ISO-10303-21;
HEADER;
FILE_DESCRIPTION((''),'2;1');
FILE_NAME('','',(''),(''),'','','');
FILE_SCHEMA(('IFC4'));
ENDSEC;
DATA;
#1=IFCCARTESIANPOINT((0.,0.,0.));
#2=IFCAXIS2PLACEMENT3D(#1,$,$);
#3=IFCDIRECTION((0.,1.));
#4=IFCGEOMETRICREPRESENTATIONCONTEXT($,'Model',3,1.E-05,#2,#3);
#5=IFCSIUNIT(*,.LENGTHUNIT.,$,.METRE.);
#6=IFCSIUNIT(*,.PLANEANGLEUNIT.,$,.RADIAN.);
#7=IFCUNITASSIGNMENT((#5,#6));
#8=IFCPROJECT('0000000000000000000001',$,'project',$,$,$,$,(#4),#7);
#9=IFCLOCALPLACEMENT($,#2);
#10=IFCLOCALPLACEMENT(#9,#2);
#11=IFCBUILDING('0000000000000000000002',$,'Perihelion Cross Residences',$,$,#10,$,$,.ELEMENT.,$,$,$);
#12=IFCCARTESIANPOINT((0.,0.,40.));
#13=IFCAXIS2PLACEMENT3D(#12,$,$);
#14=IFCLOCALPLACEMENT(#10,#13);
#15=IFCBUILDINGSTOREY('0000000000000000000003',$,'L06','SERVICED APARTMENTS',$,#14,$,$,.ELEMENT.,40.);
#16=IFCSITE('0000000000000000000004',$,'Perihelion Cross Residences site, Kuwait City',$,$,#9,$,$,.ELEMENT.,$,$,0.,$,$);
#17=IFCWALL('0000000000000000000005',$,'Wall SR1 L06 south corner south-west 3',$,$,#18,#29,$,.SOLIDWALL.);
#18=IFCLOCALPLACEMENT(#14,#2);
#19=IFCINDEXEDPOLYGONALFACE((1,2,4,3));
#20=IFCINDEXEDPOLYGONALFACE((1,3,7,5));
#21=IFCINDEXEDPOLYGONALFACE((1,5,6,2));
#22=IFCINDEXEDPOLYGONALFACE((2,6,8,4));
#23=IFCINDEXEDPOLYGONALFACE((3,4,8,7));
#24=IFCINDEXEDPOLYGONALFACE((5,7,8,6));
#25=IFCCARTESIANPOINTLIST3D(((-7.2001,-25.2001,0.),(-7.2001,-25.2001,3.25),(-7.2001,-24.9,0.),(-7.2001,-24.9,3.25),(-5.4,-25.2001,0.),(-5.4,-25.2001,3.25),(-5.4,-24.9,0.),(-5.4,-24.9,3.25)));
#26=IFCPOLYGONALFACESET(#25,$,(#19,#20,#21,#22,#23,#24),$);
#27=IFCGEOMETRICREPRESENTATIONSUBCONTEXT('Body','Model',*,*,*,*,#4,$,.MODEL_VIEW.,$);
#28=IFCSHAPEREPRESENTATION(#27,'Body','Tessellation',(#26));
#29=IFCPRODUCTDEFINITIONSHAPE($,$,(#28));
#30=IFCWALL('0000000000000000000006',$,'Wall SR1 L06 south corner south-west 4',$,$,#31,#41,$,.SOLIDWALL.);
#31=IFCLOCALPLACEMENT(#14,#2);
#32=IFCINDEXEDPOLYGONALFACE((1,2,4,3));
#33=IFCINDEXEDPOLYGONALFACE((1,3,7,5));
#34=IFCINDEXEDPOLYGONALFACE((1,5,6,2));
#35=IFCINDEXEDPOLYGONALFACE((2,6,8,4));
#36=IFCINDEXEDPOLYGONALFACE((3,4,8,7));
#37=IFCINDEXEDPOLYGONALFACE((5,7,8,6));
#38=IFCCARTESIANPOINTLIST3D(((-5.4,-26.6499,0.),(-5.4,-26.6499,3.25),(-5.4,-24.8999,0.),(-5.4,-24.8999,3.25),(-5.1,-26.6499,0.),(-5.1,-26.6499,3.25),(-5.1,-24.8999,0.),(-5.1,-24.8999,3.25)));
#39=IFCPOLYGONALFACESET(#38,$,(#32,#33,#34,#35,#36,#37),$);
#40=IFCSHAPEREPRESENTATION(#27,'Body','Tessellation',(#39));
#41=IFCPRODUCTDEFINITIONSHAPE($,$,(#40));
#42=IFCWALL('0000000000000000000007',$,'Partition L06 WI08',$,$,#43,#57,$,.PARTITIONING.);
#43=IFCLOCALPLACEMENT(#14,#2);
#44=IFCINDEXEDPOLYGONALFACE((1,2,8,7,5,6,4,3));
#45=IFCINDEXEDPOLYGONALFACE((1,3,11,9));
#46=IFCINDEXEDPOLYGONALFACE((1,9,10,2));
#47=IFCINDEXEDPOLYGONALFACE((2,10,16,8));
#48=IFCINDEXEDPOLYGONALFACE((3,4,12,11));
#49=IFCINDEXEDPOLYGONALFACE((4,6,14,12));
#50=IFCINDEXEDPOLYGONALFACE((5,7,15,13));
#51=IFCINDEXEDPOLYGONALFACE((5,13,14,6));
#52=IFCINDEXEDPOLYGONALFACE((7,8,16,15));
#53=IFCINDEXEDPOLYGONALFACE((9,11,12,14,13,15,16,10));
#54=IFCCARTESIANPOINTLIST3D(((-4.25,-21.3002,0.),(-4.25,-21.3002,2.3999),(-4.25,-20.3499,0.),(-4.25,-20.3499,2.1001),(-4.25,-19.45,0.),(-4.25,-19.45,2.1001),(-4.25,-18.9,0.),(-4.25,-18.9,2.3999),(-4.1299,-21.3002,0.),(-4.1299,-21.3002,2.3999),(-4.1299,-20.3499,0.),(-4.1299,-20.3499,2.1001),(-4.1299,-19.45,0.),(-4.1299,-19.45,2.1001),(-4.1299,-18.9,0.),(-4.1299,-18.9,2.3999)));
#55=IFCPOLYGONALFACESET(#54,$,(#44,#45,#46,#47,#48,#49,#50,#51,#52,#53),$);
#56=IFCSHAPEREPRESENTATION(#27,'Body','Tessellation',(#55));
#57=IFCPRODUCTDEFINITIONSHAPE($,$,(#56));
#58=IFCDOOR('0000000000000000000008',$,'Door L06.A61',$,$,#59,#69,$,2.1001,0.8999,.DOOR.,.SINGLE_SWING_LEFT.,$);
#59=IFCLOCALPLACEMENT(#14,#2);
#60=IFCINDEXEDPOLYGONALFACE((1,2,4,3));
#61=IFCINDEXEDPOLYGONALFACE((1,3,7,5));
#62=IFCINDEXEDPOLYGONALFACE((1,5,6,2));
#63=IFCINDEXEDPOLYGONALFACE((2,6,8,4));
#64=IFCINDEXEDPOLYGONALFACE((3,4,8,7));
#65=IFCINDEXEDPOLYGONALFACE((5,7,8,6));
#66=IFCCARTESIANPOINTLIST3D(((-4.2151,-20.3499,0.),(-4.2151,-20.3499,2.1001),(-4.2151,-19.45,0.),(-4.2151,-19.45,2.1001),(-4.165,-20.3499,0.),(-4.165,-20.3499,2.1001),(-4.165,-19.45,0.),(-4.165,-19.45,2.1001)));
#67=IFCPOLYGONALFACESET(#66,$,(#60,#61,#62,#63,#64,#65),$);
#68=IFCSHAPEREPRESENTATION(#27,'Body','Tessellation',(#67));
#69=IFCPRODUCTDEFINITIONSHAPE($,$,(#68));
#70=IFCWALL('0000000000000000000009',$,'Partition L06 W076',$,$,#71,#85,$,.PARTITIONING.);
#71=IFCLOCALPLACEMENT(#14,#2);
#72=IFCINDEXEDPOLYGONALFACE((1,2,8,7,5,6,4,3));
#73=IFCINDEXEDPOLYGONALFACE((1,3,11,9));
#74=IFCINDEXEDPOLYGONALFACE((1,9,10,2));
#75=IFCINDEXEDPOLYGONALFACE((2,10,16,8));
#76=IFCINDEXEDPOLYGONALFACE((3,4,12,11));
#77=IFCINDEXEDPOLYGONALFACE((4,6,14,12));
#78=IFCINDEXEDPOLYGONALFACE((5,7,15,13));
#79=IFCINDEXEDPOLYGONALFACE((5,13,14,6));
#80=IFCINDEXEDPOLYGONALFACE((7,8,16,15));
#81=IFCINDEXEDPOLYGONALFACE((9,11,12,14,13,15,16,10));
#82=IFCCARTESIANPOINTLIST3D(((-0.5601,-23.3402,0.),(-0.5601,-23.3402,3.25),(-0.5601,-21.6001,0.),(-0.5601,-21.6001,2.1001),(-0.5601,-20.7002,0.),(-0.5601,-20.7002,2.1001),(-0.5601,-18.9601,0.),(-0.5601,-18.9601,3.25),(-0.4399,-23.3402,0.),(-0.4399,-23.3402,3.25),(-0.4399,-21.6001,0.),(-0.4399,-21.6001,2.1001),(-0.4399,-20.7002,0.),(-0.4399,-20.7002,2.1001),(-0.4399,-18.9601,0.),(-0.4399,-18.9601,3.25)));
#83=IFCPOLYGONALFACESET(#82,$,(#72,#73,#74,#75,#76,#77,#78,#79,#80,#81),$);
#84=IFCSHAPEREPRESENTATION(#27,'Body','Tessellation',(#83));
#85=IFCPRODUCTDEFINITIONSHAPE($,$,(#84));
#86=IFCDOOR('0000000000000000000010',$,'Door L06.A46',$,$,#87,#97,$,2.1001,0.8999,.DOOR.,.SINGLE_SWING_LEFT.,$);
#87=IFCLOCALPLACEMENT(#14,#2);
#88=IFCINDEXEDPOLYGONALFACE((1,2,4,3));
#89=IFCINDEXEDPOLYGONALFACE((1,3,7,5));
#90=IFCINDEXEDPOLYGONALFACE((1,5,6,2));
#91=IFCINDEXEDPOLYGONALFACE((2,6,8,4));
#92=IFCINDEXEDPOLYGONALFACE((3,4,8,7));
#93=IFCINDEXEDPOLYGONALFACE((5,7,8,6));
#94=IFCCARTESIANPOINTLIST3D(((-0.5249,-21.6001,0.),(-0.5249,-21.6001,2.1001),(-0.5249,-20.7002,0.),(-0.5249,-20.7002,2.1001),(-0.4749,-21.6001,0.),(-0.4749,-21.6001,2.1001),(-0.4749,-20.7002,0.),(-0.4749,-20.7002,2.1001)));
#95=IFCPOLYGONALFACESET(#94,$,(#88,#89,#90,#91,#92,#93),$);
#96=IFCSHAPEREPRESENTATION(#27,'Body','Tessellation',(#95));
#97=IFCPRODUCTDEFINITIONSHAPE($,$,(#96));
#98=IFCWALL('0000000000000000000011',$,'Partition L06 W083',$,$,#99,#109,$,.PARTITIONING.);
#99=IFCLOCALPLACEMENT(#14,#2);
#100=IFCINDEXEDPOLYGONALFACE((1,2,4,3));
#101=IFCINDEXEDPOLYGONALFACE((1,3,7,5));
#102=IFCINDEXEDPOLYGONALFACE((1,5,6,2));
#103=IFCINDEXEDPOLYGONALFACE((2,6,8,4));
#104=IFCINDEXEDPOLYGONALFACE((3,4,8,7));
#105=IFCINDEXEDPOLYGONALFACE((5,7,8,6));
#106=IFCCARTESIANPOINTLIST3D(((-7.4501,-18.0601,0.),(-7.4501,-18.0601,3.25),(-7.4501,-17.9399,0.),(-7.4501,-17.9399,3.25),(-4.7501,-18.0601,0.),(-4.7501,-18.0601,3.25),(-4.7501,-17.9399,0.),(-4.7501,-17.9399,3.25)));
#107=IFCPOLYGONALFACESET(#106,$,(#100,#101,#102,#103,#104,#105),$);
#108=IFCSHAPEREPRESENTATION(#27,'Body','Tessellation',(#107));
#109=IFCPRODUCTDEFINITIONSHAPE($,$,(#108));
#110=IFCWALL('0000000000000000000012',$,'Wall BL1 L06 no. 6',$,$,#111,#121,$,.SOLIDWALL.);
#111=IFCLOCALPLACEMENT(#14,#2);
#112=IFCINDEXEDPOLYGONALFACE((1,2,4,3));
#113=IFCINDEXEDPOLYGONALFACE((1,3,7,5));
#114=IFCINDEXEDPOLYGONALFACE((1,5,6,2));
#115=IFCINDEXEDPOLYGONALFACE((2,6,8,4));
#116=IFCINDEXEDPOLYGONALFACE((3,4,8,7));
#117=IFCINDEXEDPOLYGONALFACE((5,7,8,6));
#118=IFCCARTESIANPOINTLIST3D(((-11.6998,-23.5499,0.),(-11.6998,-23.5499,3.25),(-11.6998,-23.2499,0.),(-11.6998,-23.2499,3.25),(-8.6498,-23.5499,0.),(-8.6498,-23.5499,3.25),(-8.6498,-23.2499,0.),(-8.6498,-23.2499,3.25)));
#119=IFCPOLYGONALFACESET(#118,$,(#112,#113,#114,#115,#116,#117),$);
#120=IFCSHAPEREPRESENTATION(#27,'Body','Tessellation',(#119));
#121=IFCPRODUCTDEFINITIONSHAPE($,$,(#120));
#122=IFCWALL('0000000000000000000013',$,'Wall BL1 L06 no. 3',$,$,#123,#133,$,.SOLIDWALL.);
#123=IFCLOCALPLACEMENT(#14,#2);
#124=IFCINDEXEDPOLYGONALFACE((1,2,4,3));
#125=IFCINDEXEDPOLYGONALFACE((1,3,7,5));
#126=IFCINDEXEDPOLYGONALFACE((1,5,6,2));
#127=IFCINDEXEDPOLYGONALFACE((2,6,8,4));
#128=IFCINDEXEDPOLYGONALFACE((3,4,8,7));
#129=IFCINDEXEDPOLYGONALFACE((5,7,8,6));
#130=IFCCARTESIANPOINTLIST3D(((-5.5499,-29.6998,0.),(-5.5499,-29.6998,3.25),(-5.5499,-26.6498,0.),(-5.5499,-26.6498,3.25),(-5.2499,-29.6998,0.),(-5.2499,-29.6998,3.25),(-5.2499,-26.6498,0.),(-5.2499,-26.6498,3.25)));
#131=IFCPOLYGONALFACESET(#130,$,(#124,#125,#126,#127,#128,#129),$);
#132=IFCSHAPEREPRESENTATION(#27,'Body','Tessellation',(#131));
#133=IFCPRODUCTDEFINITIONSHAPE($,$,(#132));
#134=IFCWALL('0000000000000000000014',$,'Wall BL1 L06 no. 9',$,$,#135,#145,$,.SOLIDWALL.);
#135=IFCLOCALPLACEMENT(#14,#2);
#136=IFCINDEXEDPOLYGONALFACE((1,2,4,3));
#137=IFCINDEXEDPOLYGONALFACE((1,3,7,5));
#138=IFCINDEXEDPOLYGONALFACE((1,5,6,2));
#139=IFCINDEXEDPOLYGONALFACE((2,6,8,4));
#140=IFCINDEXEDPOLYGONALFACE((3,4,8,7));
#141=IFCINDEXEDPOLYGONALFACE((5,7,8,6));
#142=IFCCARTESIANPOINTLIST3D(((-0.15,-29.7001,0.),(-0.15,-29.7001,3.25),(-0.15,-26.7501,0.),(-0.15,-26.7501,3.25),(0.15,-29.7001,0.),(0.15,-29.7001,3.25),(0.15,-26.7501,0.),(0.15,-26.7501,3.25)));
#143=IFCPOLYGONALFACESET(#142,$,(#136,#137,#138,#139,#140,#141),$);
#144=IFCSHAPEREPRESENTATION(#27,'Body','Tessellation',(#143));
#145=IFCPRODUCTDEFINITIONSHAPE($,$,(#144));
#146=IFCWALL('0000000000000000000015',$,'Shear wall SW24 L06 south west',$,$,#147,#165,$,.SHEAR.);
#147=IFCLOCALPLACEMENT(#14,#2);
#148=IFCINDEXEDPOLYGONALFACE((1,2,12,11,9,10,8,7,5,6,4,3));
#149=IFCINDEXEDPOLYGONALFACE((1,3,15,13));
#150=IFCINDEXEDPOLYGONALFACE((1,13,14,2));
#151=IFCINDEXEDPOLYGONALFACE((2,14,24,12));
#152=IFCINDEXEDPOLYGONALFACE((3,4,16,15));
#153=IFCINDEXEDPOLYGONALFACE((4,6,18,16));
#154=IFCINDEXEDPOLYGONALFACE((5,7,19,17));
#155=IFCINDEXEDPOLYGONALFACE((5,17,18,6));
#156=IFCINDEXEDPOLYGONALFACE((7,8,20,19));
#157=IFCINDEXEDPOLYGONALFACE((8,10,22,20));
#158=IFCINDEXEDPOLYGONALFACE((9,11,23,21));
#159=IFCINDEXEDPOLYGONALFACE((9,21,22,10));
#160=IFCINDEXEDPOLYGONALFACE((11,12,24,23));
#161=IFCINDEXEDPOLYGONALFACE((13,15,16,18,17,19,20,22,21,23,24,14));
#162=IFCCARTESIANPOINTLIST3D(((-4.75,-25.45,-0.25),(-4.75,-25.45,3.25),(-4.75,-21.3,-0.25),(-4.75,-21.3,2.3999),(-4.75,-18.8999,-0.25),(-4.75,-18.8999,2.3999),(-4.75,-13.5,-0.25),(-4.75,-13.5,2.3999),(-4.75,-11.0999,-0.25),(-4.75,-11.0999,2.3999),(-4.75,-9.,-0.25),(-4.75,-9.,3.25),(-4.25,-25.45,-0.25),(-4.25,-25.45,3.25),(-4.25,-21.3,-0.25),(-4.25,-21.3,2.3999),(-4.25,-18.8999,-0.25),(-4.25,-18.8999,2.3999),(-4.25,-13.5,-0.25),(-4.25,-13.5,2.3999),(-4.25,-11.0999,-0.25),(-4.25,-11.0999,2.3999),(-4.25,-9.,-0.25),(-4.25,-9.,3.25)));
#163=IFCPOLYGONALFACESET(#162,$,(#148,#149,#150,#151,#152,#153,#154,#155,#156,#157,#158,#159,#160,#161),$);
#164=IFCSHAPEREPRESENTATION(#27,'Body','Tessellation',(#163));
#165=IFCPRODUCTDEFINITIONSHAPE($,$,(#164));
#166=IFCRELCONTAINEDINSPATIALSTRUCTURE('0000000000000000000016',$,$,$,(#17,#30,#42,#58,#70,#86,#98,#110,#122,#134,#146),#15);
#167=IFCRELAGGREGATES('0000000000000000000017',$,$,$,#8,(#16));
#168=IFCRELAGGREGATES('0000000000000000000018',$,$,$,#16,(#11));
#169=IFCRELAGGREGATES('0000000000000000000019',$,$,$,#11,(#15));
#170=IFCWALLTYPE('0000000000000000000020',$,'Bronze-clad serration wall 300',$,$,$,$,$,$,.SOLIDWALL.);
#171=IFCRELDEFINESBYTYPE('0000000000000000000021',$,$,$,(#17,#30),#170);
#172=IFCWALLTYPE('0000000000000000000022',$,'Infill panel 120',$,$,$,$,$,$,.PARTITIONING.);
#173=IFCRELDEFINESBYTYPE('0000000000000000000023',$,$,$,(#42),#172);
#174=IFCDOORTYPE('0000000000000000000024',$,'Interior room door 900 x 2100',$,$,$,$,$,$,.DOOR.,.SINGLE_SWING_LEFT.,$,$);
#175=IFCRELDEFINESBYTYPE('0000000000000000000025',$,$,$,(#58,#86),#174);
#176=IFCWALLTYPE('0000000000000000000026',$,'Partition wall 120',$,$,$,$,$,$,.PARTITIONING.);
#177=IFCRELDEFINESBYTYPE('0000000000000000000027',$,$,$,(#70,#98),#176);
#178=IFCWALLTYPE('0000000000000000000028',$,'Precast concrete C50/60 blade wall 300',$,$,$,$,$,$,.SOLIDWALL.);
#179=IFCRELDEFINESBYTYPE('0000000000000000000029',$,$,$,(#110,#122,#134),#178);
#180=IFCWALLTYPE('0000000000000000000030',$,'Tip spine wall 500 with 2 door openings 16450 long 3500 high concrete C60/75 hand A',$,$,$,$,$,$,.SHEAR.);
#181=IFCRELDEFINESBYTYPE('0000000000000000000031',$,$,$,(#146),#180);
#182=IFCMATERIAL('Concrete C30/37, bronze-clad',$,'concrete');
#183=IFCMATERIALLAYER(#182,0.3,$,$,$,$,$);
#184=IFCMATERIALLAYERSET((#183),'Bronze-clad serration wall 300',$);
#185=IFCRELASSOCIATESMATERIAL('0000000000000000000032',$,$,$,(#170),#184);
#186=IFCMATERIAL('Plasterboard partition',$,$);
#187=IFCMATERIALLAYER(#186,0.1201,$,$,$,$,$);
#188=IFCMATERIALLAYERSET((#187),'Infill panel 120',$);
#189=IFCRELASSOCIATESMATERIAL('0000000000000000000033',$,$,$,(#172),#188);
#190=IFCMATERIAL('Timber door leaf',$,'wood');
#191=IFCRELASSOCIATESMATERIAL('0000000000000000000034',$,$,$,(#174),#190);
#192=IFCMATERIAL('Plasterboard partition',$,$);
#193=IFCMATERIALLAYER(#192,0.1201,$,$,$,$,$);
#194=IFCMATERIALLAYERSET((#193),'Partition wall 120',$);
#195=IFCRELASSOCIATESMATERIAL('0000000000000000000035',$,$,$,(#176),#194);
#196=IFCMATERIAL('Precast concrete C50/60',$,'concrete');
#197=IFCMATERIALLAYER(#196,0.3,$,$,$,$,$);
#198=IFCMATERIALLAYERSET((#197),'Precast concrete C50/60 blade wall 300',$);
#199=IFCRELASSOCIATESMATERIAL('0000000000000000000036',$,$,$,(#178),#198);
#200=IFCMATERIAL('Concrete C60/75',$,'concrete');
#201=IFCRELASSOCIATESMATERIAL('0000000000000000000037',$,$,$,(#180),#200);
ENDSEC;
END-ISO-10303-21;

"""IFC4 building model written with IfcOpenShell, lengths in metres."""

from ifc_helpers import new_model, si_unit, direction, frame, frame_2d, origin, place, context, subcontext, project, spatial, polyline, rectangle, outline, extrude, material, layer, layer_set, material_profile, profile_set, type_object, element, fill, save


model = new_model("IFC4")

# Units and contexts
model_context = context("Model", 3, precision=1e-05, world=origin(), true_north=direction((0.0, 1.0)))
body_context = subcontext(model_context, "Body", "Model", "MODEL_VIEW")
ifc_project = project(units=[si_unit("LENGTHUNIT", "METRE"), si_unit("PLANEANGLEUNIT", "RADIAN")], contexts=[model_context])

# Site, building, storey
site_placement = place(None, origin())
site = spatial("IfcSite", under=ifc_project, at=site_placement, Name="Perihelion Cross Residences site, Kuwait City", CompositionType="ELEMENT", RefElevation=0.0)
building_placement = place(site_placement, origin())
building = spatial("IfcBuilding", under=site, at=building_placement, Name="Perihelion Cross Residences", CompositionType="ELEMENT")
storey_placement = place(building_placement, frame((0.0, 0.0, 40.0)))
storey = spatial("IfcBuildingStorey", under=building, at=storey_placement, Name="L06", Description="SERVICED APARTMENTS", CompositionType="ELEMENT", Elevation=40.0)

# Walls
ifc_material_1 = material(Name="Concrete C30/37, bronze-clad", Category="concrete")
ifc_layer_1 = layer(ifc_material_1, 0.3)
ifc_layer_set_1 = layer_set([ifc_layer_1], Name="Bronze-clad serration wall 300")
wall_type_1 = type_object("IfcWallType", Name="Bronze-clad serration wall 300", PredefinedType="SOLIDWALL", material=ifc_layer_set_1)
wall_1_placement = place(storey_placement, frame((-7.2, -25.05, 0.0), z_axis=(0.0, 0.0, 1.0), x_axis=(1.0, 0.0, 0.0)))
element("IfcWall", 1, at=wall_1_placement, inside=storey, type_object=wall_type_1, Name="Wall SR1 L06 south corner south-west 3", PredefinedType="SOLIDWALL", context=body_context, shape_type="SweptSolid", body=[
    extrude(rectangle(XDim=1.8, YDim=0.3, at=frame_2d((0.8999, 0.0))), origin(), (0.0, 0.0, 1.0), 3.25),
])
wall_2_placement = place(storey_placement, frame((-5.25, -24.8999, 0.0), z_axis=(0.0, 0.0, 1.0), x_axis=(0.0, -1.0, 0.0)))
element("IfcWall", 2, at=wall_2_placement, inside=storey, type_object=wall_type_1, Name="Wall SR1 L06 south corner south-west 4", PredefinedType="SOLIDWALL", context=body_context, shape_type="SweptSolid", body=[
    extrude(rectangle(XDim=1.75, YDim=0.3, at=frame_2d((0.875, 0.0))), origin(), (0.0, 0.0, 1.0), 3.25),
])

# Walls, openings, doors
ifc_material_2 = material(Name="Plasterboard partition")
ifc_layer_2 = layer(ifc_material_2, 0.1201)
ifc_layer_set_2 = layer_set([ifc_layer_2], Name="Infill panel 120")
wall_type_2 = type_object("IfcWallType", Name="Infill panel 120", PredefinedType="PARTITIONING", material=ifc_layer_set_2)
wall_3_placement = place(storey_placement, frame((-4.1899, -18.8999, 0.0), z_axis=(0.0, 0.0, 1.0), x_axis=(0.0, -1.0, 0.0)))
wall_3 = element("IfcWall", 3, at=wall_3_placement, inside=storey, type_object=wall_type_2, Name="Partition L06 WI08", PredefinedType="PARTITIONING", context=body_context, shape_type="SweptSolid", body=[
    extrude(rectangle(XDim=2.4001, YDim=0.1201, at=frame_2d((1.2002, 0.0))), origin(), (0.0, 0.0, 1.0), 2.3999),
])
opening_1_placement = place(wall_3_placement, frame((0.55, 0.0, 0.0)))
opening_1 = element("IfcOpeningElement", 4, at=opening_1_placement, cuts=wall_3, PredefinedType="OPENING", context=body_context, shape_type="SweptSolid", body=[
    extrude(rectangle(XDim=0.8999, YDim=2.1001, at=frame_2d((0.45, 1.05))), frame((0.0, 0.0701, 0.0), z_axis=(0.0, -1.0, 0.0), x_axis=(1.0, 0.0, 0.0)), (0.0, 0.0, 1.0), 0.1401),
])
ifc_material_3 = material(Name="Timber door leaf", Category="wood")
door_type_1 = type_object("IfcDoorType", Name="Interior room door 900 x 2100", OperationType="SINGLE_SWING_LEFT", PredefinedType="DOOR", material=ifc_material_3)
door_1_placement = place(opening_1_placement, origin())
door_1 = element("IfcDoor", 5, at=door_1_placement, inside=storey, type_object=door_type_1, Name="Door L06.A61", OperationType="SINGLE_SWING_LEFT", OverallHeight=2.1001, OverallWidth=0.8999, PredefinedType="DOOR", context=body_context, shape_type="SweptSolid", body=[
    extrude(rectangle(XDim=0.8999, YDim=2.1001, at=frame_2d((0.45, 1.05))), frame((0.0, 0.0249, 0.0), z_axis=(0.0, -1.0, 0.0), x_axis=(1.0, 0.0, 0.0)), (0.0, 0.0, 1.0), 0.05),
])
fill(opening_1, door_1)
ifc_material_4 = material(Name="Plasterboard partition")
ifc_layer_3 = layer(ifc_material_4, 0.1201)
ifc_layer_set_3 = layer_set([ifc_layer_3], Name="Partition wall 120")
wall_type_3 = type_object("IfcWallType", Name="Partition wall 120", PredefinedType="PARTITIONING", material=ifc_layer_set_3)
wall_4_placement = place(storey_placement, frame((-0.5, -23.3401, 0.0), z_axis=(0.0, 0.0, 1.0), x_axis=(0.0, 1.0, 0.0)))
wall_4 = element("IfcWall", 6, at=wall_4_placement, inside=storey, type_object=wall_type_3, Name="Partition L06 W076", PredefinedType="PARTITIONING", context=body_context, shape_type="SweptSolid", body=[
    extrude(rectangle(XDim=4.3801, YDim=0.1201, at=frame_2d((2.1899, 0.0))), origin(), (0.0, 0.0, 1.0), 3.25),
])
opening_2_placement = place(wall_4_placement, frame((1.74, 0.0, 0.0)))
opening_2 = element("IfcOpeningElement", 7, at=opening_2_placement, cuts=wall_4, PredefinedType="OPENING", context=body_context, shape_type="SweptSolid", body=[
    extrude(rectangle(XDim=0.8999, YDim=2.1001, at=frame_2d((0.45, 1.05))), frame((0.0, 0.0701, 0.0), z_axis=(0.0, -1.0, 0.0), x_axis=(1.0, 0.0, 0.0)), (0.0, 0.0, 1.0), 0.1401),
])
door_2_placement = place(opening_2_placement, origin())
door_2 = element("IfcDoor", 8, at=door_2_placement, inside=storey, type_object=door_type_1, Name="Door L06.A46", OperationType="SINGLE_SWING_LEFT", OverallHeight=2.1001, OverallWidth=0.8999, PredefinedType="DOOR", context=body_context, shape_type="SweptSolid", body=[
    extrude(rectangle(XDim=0.8999, YDim=2.1001, at=frame_2d((0.45, 1.05))), frame((0.0, 0.0249, 0.0), z_axis=(0.0, -1.0, 0.0), x_axis=(1.0, 0.0, 0.0)), (0.0, 0.0, 1.0), 0.05),
])
fill(opening_2, door_2)

# Walls
wall_5_placement = place(storey_placement, frame((-4.75, -18.0, 0.0), z_axis=(0.0, 0.0, 1.0), x_axis=(-1.0, 0.0, 0.0)))
element("IfcWall", 9, at=wall_5_placement, inside=storey, type_object=wall_type_3, Name="Partition L06 W083", PredefinedType="PARTITIONING", context=body_context, shape_type="SweptSolid", body=[
    extrude(rectangle(XDim=2.7, YDim=0.1201, at=frame_2d((1.3501, 0.0))), origin(), (0.0, 0.0, 1.0), 3.25),
])
ifc_material_5 = material(Name="Precast concrete C50/60", Category="concrete")
ifc_layer_4 = layer(ifc_material_5, 0.3)
ifc_layer_set_4 = layer_set([ifc_layer_4], Name="Precast concrete C50/60 blade wall 300")
wall_type_4 = type_object("IfcWallType", Name="Precast concrete C50/60 blade wall 300", PredefinedType="SOLIDWALL", material=ifc_layer_set_4)
for number, where, z_axis, x_axis, name in (
    (10, (-8.6499, -23.3999, 0.0), (0.0, 0.0, 1.0), (-1.0, 0.0, 0.0), "Wall BL1 L06 no. 6"),
    (11, (-5.3999, -26.6499, 0.0), (0.0, 0.0, 1.0), (0.0, -1.0, 0.0), "Wall BL1 L06 no. 3"),
):
    element("IfcWall", number, at=place(storey_placement, frame(where, z_axis=z_axis, x_axis=x_axis)), inside=storey, type_object=wall_type_4, Name=name, PredefinedType="SOLIDWALL", context=body_context, shape_type="SweptSolid", body=[
        extrude(rectangle(XDim=3.05, YDim=0.3, at=frame_2d((1.5249, 0.0))), origin(), (0.0, 0.0, 1.0), 3.25),
    ])
wall_6_placement = place(storey_placement, frame((0.0, -26.75, 0.0), z_axis=(0.0, 0.0, 1.0), x_axis=(0.0, -1.0, 0.0)))
element("IfcWall", 12, at=wall_6_placement, inside=storey, type_object=wall_type_4, Name="Wall BL1 L06 no. 9", PredefinedType="SOLIDWALL", context=body_context, shape_type="SweptSolid", body=[
    extrude(rectangle(XDim=2.95, YDim=0.3, at=frame_2d((1.4751, 0.0))), origin(), (0.0, 0.0, 1.0), 3.25),
])
ifc_material_6 = material(Name="Concrete C60/75", Category="concrete")
ifc_material_profile_1 = material_profile(ifc_material_6, outline(polyline([(0.0, 0.0), (4.1499, 0.0), (4.1499, 2.6499), (6.55, 2.6499), (6.55, 0.0), (11.95, 0.0), (11.95, 2.6499), (14.3501, 2.6499), (14.3501, 0.0), (16.45, 0.0), (16.45, 3.5), (0.0, 3.5), (0.0, 0.0)])), Name="Tip spine wall")
ifc_profile_set_1 = profile_set([ifc_material_profile_1], Name="Concrete C60/75")
wall_type_5 = type_object("IfcWallType", Name="Tip spine wall 500 with 2 door openings 16450 long 3500 high concrete C60/75 hand A", PredefinedType="SHEAR", material=ifc_profile_set_1)
wall_7_placement = place(storey_placement, frame((-4.75, -25.45, -0.25), z_axis=(1.0, 0.0, 0.0), x_axis=(0.0, 1.0, 0.0)))
element("IfcWall", 13, at=wall_7_placement, inside=storey, type_object=wall_type_5, Name="Shear wall SW24 L06 south west", PredefinedType="SHEAR", context=body_context, shape_type="SweptSolid", body=[
    extrude(outline(polyline([(0.0, 0.0), (4.1499, 0.0), (4.1499, 2.6499), (6.55, 2.6499), (6.55, 0.0), (11.95, 0.0), (11.95, 2.6499), (14.3501, 2.6499), (14.3501, 0.0), (16.45, 0.0), (16.45, 3.5), (0.0, 3.5), (0.0, 0.0)])), origin(), (0.0, 0.0, 1.0), 0.5),
])

save(model, "model.ifc")
